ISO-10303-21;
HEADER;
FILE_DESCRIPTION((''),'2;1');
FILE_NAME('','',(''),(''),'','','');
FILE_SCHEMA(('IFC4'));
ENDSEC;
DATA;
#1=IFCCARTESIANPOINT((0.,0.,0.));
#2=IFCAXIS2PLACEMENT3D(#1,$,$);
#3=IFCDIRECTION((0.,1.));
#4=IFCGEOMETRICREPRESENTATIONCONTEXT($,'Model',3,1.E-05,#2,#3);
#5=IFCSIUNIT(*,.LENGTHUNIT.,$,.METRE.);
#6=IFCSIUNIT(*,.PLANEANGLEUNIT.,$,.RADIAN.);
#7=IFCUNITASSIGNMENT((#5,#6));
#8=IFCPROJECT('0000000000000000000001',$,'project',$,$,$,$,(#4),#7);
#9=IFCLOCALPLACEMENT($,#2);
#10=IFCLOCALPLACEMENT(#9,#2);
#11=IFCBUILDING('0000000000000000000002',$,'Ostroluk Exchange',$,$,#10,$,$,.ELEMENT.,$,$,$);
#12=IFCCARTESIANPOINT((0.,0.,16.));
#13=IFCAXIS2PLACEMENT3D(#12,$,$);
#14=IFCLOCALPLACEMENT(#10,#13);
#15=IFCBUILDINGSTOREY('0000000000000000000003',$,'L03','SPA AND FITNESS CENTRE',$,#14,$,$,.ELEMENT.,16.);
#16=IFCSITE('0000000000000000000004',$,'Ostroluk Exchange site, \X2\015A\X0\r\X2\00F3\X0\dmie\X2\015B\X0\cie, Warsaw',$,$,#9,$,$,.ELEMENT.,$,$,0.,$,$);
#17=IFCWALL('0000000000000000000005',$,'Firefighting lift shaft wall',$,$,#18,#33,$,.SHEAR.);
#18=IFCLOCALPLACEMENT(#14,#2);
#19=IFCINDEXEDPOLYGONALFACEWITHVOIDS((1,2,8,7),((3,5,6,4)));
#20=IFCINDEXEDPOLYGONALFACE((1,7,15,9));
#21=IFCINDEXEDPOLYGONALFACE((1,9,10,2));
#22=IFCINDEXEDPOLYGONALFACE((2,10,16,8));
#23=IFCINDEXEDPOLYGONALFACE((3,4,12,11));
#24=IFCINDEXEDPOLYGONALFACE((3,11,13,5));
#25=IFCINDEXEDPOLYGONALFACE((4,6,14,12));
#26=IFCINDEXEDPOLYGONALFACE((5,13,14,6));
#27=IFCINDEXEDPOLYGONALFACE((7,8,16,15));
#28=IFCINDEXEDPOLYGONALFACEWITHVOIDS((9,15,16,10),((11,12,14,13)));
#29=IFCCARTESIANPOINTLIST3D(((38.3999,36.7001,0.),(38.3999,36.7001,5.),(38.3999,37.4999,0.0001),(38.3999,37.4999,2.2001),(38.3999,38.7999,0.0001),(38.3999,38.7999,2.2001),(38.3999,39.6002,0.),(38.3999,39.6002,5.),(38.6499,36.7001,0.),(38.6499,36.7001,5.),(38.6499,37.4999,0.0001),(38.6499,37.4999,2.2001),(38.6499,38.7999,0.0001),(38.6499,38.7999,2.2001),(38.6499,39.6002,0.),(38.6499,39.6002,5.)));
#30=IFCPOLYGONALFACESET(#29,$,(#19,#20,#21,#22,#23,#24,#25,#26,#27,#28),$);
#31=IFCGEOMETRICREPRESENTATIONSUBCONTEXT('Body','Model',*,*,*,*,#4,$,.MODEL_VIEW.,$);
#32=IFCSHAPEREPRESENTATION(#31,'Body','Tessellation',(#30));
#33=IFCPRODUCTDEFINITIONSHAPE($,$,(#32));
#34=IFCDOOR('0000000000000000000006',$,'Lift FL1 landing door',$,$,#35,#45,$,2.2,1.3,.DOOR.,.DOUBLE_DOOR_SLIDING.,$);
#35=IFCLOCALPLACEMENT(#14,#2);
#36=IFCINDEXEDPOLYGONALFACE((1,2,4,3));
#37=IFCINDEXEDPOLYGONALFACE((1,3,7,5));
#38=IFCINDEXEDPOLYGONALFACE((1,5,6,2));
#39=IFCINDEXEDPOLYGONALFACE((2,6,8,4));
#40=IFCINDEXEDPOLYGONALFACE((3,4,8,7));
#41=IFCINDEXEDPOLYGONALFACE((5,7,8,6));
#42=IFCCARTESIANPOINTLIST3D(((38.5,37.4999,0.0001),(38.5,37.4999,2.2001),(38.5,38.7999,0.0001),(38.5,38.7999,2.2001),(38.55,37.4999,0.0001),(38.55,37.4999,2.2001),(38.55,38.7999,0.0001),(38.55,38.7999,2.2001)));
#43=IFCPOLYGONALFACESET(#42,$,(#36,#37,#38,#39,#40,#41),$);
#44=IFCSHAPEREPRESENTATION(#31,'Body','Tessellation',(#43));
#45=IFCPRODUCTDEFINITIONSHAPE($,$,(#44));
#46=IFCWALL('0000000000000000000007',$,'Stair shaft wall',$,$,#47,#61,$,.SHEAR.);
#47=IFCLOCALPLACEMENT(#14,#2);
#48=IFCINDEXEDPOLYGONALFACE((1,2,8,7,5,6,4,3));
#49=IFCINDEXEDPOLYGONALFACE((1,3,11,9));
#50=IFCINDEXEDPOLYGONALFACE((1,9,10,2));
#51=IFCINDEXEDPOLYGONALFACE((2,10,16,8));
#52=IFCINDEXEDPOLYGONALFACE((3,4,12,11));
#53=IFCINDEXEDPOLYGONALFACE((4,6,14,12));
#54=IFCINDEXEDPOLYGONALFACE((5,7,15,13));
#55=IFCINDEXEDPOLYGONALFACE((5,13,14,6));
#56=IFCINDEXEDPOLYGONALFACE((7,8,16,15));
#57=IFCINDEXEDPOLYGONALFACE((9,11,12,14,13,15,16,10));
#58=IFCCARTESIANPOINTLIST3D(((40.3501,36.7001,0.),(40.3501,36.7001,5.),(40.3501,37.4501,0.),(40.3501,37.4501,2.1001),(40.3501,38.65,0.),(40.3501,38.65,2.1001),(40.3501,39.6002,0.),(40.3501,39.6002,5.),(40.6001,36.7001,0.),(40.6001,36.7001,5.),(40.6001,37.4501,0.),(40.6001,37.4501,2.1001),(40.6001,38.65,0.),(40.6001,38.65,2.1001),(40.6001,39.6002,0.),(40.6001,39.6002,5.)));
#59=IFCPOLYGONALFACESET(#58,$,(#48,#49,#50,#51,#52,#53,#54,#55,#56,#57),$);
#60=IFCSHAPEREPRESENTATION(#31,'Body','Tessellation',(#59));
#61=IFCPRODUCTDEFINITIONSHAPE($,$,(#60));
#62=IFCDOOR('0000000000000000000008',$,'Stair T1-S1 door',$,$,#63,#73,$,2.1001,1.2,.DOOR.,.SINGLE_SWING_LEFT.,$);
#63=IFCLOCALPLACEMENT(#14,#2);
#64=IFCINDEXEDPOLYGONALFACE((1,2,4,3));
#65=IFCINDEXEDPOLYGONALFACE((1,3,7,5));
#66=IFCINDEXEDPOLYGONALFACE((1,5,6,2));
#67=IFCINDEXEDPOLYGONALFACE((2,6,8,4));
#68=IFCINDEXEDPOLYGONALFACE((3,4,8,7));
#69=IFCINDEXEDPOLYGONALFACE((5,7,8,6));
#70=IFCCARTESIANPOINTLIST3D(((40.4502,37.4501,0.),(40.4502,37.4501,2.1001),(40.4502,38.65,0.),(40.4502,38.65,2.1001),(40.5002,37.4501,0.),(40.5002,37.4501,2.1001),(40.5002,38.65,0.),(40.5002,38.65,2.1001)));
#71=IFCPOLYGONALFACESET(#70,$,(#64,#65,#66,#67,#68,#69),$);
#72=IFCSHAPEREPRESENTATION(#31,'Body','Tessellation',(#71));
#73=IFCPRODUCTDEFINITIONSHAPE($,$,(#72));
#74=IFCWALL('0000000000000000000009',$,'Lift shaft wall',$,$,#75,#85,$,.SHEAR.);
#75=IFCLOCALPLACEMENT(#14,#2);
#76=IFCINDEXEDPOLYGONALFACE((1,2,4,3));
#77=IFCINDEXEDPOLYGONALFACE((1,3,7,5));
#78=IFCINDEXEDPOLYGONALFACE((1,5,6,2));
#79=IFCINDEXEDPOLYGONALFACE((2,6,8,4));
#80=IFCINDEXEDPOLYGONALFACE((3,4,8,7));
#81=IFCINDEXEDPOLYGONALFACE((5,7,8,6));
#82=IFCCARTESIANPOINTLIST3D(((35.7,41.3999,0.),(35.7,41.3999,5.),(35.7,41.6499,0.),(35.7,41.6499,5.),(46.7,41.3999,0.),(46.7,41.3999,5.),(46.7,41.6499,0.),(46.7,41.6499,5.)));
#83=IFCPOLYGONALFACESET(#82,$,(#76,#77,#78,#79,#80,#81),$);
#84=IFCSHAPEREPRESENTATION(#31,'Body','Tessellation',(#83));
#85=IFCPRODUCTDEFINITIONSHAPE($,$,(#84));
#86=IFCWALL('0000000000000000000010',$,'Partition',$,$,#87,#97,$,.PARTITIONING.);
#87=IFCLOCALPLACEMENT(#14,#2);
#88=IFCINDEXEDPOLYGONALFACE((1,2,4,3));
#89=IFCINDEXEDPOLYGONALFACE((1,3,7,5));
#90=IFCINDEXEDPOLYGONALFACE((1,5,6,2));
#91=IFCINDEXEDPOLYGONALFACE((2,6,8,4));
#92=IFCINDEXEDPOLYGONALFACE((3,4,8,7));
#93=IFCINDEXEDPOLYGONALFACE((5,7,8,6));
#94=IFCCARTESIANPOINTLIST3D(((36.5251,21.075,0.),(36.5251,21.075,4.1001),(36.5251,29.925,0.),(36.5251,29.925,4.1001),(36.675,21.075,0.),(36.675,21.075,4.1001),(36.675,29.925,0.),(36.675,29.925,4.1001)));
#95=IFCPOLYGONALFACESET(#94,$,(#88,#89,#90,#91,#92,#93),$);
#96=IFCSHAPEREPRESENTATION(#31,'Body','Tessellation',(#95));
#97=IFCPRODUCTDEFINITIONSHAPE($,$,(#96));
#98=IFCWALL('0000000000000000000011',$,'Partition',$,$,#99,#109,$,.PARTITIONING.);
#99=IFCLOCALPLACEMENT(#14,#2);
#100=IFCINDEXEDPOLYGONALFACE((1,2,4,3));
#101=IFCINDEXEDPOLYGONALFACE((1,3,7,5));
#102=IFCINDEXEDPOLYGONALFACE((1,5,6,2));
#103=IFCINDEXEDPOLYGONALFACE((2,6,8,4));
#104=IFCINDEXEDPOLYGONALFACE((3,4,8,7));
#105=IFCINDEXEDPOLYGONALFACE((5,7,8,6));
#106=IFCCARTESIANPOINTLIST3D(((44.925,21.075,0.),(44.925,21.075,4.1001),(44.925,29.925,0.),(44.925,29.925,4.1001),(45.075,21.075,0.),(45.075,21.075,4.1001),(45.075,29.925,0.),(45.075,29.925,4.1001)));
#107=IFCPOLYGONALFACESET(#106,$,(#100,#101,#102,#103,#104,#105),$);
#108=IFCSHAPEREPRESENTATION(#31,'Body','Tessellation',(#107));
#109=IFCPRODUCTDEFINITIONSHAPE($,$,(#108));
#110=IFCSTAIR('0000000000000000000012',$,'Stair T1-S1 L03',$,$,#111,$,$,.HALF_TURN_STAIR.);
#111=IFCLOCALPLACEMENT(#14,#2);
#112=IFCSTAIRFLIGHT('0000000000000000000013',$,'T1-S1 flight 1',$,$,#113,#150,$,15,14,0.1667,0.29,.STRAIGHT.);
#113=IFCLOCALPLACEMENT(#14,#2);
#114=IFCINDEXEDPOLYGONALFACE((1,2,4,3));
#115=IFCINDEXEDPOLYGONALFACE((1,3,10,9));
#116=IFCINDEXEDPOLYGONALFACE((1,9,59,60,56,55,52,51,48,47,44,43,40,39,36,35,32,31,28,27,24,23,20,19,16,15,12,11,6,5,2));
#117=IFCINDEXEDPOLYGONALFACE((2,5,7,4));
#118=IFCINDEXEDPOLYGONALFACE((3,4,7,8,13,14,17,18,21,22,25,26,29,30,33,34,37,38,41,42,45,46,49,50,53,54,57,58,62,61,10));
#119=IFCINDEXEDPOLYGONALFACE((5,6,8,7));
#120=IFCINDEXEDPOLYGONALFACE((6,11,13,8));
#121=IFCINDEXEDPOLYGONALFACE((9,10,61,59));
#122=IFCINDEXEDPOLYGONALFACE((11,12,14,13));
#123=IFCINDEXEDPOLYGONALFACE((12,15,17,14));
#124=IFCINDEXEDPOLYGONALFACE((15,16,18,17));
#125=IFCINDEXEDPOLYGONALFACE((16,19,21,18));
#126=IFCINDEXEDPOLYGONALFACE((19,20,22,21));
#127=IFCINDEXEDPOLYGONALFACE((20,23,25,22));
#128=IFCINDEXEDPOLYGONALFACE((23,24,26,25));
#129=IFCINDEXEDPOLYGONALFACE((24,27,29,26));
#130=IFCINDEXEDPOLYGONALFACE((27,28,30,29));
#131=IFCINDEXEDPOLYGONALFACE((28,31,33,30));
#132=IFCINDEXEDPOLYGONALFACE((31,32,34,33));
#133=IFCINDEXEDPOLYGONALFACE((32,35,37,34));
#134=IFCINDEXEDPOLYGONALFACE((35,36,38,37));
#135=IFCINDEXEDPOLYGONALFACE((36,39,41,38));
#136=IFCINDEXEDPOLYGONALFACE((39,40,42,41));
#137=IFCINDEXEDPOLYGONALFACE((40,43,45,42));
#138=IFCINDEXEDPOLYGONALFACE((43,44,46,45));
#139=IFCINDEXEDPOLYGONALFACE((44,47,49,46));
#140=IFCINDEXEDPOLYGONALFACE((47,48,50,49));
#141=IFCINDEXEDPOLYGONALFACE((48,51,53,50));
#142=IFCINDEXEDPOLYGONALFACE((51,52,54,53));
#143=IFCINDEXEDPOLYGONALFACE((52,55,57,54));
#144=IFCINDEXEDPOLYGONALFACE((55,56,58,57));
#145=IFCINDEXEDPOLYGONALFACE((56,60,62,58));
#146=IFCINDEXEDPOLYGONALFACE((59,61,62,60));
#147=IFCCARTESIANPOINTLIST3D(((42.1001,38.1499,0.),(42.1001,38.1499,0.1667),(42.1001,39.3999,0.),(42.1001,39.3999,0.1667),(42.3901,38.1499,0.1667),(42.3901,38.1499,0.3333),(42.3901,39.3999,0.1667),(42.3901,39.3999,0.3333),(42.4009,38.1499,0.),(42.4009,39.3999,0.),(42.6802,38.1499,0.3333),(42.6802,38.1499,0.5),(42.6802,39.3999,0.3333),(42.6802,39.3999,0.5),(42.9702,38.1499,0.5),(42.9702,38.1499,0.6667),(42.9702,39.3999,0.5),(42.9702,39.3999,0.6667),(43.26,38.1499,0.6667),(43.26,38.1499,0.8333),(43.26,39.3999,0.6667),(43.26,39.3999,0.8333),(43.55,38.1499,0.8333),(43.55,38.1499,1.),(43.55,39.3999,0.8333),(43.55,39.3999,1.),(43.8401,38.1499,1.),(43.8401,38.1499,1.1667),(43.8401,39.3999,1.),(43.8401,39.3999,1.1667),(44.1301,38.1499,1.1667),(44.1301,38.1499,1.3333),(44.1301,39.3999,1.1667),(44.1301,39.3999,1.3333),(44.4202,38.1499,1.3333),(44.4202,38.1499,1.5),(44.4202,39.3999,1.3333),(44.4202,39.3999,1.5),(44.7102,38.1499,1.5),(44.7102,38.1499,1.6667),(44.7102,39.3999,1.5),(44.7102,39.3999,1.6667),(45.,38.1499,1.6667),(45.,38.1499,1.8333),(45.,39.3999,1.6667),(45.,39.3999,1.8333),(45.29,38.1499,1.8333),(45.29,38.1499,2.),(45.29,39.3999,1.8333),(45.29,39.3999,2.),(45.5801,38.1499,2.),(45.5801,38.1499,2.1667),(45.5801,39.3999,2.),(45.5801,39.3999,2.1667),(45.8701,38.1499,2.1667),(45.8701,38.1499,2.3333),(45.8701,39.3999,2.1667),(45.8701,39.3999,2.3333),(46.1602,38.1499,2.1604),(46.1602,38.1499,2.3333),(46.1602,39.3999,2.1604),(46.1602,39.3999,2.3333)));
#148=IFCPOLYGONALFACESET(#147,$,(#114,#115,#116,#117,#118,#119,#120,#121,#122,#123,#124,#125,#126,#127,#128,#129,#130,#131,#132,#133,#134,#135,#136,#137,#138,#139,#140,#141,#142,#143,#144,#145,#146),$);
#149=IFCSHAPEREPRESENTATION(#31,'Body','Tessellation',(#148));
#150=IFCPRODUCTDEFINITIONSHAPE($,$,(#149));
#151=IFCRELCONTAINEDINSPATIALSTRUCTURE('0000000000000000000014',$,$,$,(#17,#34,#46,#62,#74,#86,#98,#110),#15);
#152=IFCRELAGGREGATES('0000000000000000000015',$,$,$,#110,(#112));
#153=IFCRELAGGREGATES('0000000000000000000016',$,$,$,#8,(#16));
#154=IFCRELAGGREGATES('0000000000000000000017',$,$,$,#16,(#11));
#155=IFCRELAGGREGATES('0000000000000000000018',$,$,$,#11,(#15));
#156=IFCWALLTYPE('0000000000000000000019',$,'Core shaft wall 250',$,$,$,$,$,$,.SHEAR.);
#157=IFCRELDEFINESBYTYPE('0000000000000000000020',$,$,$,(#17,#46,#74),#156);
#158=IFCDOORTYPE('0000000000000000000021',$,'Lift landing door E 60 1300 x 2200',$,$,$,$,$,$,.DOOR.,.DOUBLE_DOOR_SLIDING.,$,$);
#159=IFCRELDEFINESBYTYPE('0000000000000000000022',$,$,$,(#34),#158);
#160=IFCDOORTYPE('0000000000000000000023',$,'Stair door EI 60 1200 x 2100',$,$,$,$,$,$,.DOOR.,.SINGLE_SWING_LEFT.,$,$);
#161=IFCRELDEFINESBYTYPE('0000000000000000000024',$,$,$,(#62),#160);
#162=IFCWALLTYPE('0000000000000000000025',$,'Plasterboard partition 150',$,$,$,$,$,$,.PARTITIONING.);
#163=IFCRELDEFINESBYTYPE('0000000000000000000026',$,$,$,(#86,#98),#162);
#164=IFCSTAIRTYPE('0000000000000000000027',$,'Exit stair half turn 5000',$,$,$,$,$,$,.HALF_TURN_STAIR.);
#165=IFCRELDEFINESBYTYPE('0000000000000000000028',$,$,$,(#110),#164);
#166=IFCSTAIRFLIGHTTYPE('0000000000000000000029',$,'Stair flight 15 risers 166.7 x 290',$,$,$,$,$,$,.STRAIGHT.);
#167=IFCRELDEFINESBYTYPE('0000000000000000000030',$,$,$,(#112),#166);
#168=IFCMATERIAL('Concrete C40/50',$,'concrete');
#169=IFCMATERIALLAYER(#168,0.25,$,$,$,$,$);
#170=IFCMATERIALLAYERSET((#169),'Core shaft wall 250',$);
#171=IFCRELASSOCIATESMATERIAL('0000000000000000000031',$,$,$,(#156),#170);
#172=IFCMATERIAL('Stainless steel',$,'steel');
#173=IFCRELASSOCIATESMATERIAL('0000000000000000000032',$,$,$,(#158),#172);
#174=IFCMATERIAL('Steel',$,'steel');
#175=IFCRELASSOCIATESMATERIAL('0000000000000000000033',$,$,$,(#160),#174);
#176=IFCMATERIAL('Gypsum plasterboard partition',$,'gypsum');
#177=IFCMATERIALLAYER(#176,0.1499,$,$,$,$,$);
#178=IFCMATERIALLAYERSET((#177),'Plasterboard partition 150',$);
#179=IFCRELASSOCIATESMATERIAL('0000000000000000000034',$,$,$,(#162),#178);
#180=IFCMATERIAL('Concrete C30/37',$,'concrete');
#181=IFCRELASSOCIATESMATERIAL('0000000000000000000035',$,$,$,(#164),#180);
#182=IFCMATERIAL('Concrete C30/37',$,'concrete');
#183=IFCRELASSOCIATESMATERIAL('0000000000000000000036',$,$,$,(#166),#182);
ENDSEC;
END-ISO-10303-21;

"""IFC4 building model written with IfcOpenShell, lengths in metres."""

from ifc_helpers import new_model, si_unit, direction, frame, frame_2d, origin, place, context, subcontext, project, spatial, polyline, rectangle, outline, extrude, material, layer, layer_set, type_object, element, fill, aggregate, save


model = new_model("IFC4")

# Units and contexts
model_context = context("Model", 3, precision=1e-05, world=origin(), true_north=direction((0.0, 1.0)))
body_context = subcontext(model_context, "Body", "Model", "MODEL_VIEW")
ifc_project = project(units=[si_unit("LENGTHUNIT", "METRE"), si_unit("PLANEANGLEUNIT", "RADIAN")], contexts=[model_context])

# Site, building, storey
site_placement = place(None, origin())
site = spatial("IfcSite", under=ifc_project, at=site_placement, Name="Ostroluk Exchange site, Śródmieście, Warsaw", CompositionType="ELEMENT", RefElevation=0.0)
building_placement = place(site_placement, origin())
building = spatial("IfcBuilding", under=site, at=building_placement, Name="Ostroluk Exchange", CompositionType="ELEMENT")
storey_placement = place(building_placement, frame((0.0, 0.0, 16.0)))
storey = spatial("IfcBuildingStorey", under=building, at=storey_placement, Name="L03", Description="SPA AND FITNESS CENTRE", CompositionType="ELEMENT", Elevation=16.0)

# Walls, openings, doors
ifc_material_1 = material(Name="Concrete C40/50", Category="concrete")
ifc_layer_1 = layer(ifc_material_1, 0.25)
ifc_layer_set_1 = layer_set([ifc_layer_1], Name="Core shaft wall 250")
wall_type_1 = type_object("IfcWallType", Name="Core shaft wall 250", PredefinedType="SHEAR", material=ifc_layer_set_1)
wall_1_placement = place(storey_placement, frame((38.5249, 36.7, 0.0), z_axis=(0.0, 0.0, 1.0), x_axis=(0.0, 1.0, 0.0)))
wall_1 = element("IfcWall", 1, at=wall_1_placement, inside=storey, type_object=wall_type_1, Name="Firefighting lift shaft wall", PredefinedType="SHEAR", context=body_context, shape_type="SweptSolid", body=[
    extrude(rectangle(XDim=2.9001, YDim=0.25, at=frame_2d((1.4502, 0.0))), origin(), (0.0, 0.0, 1.0), 5.0),
])
opening_1_placement = place(wall_1_placement, frame((0.8, 0.0, 0.0)))
opening_1 = element("IfcOpeningElement", 2, at=opening_1_placement, cuts=wall_1, PredefinedType="OPENING", context=body_context, shape_type="SweptSolid", body=[
    extrude(rectangle(XDim=1.3, YDim=2.2, at=frame_2d((0.6499, 1.1001))), frame((0.0, 0.135, 0.0), z_axis=(0.0, -1.0, 0.0), x_axis=(1.0, 0.0, 0.0)), (0.0, 0.0, 1.0), 0.27),
])
ifc_material_2 = material(Name="Stainless steel", Category="steel")
door_type_1 = type_object("IfcDoorType", Name="Lift landing door E 60 1300 x 2200", OperationType="DOUBLE_DOOR_SLIDING", PredefinedType="DOOR", material=ifc_material_2)
door_1_placement = place(opening_1_placement, origin())
door_1 = element("IfcDoor", 3, at=door_1_placement, inside=storey, type_object=door_type_1, Name="Lift FL1 landing door", OperationType="DOUBLE_DOOR_SLIDING", OverallHeight=2.2, OverallWidth=1.3, PredefinedType="DOOR", context=body_context, shape_type="SweptSolid", body=[
    extrude(rectangle(XDim=1.3, YDim=2.2, at=frame_2d((0.6499, 1.1001))), frame((0.0, 0.0249, 0.0), z_axis=(0.0, -1.0, 0.0), x_axis=(1.0, 0.0, 0.0)), (0.0, 0.0, 1.0), 0.05),
])
fill(opening_1, door_1)
wall_2_placement = place(storey_placement, frame((40.4751, 36.7, 0.0), z_axis=(0.0, 0.0, 1.0), x_axis=(0.0, 1.0, 0.0)))
wall_2 = element("IfcWall", 4, at=wall_2_placement, inside=storey, type_object=wall_type_1, Name="Stair shaft wall", PredefinedType="SHEAR", context=body_context, shape_type="SweptSolid", body=[
    extrude(rectangle(XDim=2.9001, YDim=0.25, at=frame_2d((1.4502, 0.0))), origin(), (0.0, 0.0, 1.0), 5.0),
])
opening_2_placement = place(wall_2_placement, frame((0.75, 0.0, 0.0)))
opening_2 = element("IfcOpeningElement", 5, at=opening_2_placement, cuts=wall_2, PredefinedType="OPENING", context=body_context, shape_type="SweptSolid", body=[
    extrude(rectangle(XDim=1.2, YDim=2.1001, at=frame_2d((0.6001, 1.05))), frame((0.0, 0.135, 0.0), z_axis=(0.0, -1.0, 0.0), x_axis=(1.0, 0.0, 0.0)), (0.0, 0.0, 1.0), 0.27),
])
ifc_material_3 = material(Name="Steel", Category="steel")
door_type_2 = type_object("IfcDoorType", Name="Stair door EI 60 1200 x 2100", OperationType="SINGLE_SWING_LEFT", PredefinedType="DOOR", material=ifc_material_3)
door_2_placement = place(opening_2_placement, origin())
door_2 = element("IfcDoor", 6, at=door_2_placement, inside=storey, type_object=door_type_2, Name="Stair T1-S1 door", OperationType="SINGLE_SWING_LEFT", OverallHeight=2.1001, OverallWidth=1.2, PredefinedType="DOOR", context=body_context, shape_type="SweptSolid", body=[
    extrude(rectangle(XDim=1.2, YDim=2.1001, at=frame_2d((0.6001, 1.05))), frame((0.0, 0.0249, 0.0), z_axis=(0.0, -1.0, 0.0), x_axis=(1.0, 0.0, 0.0)), (0.0, 0.0, 1.0), 0.05),
])
fill(opening_2, door_2)

# Walls
wall_3_placement = place(storey_placement, frame((35.7, 41.5249, 0.0), z_axis=(0.0, 0.0, 1.0), x_axis=(1.0, 0.0, 0.0)))
element("IfcWall", 7, at=wall_3_placement, inside=storey, type_object=wall_type_1, Name="Lift shaft wall", PredefinedType="SHEAR", context=body_context, shape_type="SweptSolid", body=[
    extrude(rectangle(XDim=11.0, YDim=0.25, at=frame_2d((5.5, 0.0))), origin(), (0.0, 0.0, 1.0), 5.0),
])
ifc_material_4 = material(Name="Gypsum plasterboard partition", Category="gypsum")
ifc_layer_2 = layer(ifc_material_4, 0.1499)
ifc_layer_set_2 = layer_set([ifc_layer_2], Name="Plasterboard partition 150")
wall_type_2 = type_object("IfcWallType", Name="Plasterboard partition 150", PredefinedType="PARTITIONING", material=ifc_layer_set_2)
for number, where, z_axis, x_axis, name in (
    (8, (36.6001, 21.075, 0.0), (0.0, 0.0, 1.0), (0.0, 1.0, 0.0), "Partition"),
    (9, (45.0, 21.075, 0.0), (0.0, 0.0, 1.0), (0.0, 1.0, 0.0), "Partition"),
):
    element("IfcWall", number, at=place(storey_placement, frame(where, z_axis=z_axis, x_axis=x_axis)), inside=storey, type_object=wall_type_2, Name=name, PredefinedType="PARTITIONING", context=body_context, shape_type="SweptSolid", body=[
        extrude(rectangle(XDim=8.8501, YDim=0.1499, at=frame_2d((4.425, 0.0))), origin(), (0.0, 0.0, 1.0), 4.1001),
    ])

# Stair, stair flight
ifc_material_5 = material(Name="Concrete C30/37", Category="concrete")
stair_type = type_object("IfcStairType", Name="Exit stair half turn 5000", PredefinedType="HALF_TURN_STAIR", material=ifc_material_5)
stair_placement = place(storey_placement, origin())
stair = element("IfcStair", 10, at=stair_placement, inside=storey, type_object=stair_type, Name="Stair T1-S1 L03", PredefinedType="HALF_TURN_STAIR")
ifc_material_6 = material(Name="Concrete C30/37", Category="concrete")
stair_flight_type = type_object("IfcStairFlightType", Name="Stair flight 15 risers 166.7 x 290", PredefinedType="STRAIGHT", material=ifc_material_6)
stair_flight_1_placement = place(storey_placement, frame((42.1001, 38.7749, 0.0), z_axis=(0.0, 0.0, 1.0), x_axis=(1.0, 0.0, 0.0)))
stair_flight_1 = element("IfcStairFlight", 11, at=stair_flight_1_placement, type_object=stair_flight_type, Name="T1-S1 flight 1", NumberOfRisers=15, NumberOfTreads=14, PredefinedType="STRAIGHT", RiserHeight=0.1667, TreadLength=0.29, context=body_context, shape_type="SweptSolid", body=[
    extrude(outline(polyline([(0.0, 0.0), (0.0, 0.1667), (0.29, 0.1667), (0.29, 0.3333), (0.5801, 0.3333), (0.5801, 0.5), (0.8701, 0.5), (0.8701, 0.6667), (1.1599, 0.6667), (1.1599, 0.8333), (1.45, 0.8333), (1.45, 1.0), (1.74, 1.0), (1.74, 1.1667), (2.03, 1.1667), (2.03, 1.3333), (2.3201, 1.3333), (2.3201, 1.5), (2.6101, 1.5), (2.6101, 1.6667), (2.8999, 1.6667), (2.8999, 1.8333), (3.1899, 1.8333), (3.1899, 2.0), (3.48, 2.0), (3.48, 2.1667), (3.77, 2.1667), (3.77, 2.3333), (4.0601, 2.3333), (4.0601, 2.5), (4.0601, 2.1604), (0.3008, 0.0), (0.0, 0.0)])), frame((0.0, 0.625, 0.0), z_axis=(0.0, -1.0, 0.0), x_axis=(1.0, 0.0, 0.0)), (0.0, 0.0, 1.0), 1.25),
])
aggregate(stair, [stair_flight_1])

save(model, "model.ifc")
